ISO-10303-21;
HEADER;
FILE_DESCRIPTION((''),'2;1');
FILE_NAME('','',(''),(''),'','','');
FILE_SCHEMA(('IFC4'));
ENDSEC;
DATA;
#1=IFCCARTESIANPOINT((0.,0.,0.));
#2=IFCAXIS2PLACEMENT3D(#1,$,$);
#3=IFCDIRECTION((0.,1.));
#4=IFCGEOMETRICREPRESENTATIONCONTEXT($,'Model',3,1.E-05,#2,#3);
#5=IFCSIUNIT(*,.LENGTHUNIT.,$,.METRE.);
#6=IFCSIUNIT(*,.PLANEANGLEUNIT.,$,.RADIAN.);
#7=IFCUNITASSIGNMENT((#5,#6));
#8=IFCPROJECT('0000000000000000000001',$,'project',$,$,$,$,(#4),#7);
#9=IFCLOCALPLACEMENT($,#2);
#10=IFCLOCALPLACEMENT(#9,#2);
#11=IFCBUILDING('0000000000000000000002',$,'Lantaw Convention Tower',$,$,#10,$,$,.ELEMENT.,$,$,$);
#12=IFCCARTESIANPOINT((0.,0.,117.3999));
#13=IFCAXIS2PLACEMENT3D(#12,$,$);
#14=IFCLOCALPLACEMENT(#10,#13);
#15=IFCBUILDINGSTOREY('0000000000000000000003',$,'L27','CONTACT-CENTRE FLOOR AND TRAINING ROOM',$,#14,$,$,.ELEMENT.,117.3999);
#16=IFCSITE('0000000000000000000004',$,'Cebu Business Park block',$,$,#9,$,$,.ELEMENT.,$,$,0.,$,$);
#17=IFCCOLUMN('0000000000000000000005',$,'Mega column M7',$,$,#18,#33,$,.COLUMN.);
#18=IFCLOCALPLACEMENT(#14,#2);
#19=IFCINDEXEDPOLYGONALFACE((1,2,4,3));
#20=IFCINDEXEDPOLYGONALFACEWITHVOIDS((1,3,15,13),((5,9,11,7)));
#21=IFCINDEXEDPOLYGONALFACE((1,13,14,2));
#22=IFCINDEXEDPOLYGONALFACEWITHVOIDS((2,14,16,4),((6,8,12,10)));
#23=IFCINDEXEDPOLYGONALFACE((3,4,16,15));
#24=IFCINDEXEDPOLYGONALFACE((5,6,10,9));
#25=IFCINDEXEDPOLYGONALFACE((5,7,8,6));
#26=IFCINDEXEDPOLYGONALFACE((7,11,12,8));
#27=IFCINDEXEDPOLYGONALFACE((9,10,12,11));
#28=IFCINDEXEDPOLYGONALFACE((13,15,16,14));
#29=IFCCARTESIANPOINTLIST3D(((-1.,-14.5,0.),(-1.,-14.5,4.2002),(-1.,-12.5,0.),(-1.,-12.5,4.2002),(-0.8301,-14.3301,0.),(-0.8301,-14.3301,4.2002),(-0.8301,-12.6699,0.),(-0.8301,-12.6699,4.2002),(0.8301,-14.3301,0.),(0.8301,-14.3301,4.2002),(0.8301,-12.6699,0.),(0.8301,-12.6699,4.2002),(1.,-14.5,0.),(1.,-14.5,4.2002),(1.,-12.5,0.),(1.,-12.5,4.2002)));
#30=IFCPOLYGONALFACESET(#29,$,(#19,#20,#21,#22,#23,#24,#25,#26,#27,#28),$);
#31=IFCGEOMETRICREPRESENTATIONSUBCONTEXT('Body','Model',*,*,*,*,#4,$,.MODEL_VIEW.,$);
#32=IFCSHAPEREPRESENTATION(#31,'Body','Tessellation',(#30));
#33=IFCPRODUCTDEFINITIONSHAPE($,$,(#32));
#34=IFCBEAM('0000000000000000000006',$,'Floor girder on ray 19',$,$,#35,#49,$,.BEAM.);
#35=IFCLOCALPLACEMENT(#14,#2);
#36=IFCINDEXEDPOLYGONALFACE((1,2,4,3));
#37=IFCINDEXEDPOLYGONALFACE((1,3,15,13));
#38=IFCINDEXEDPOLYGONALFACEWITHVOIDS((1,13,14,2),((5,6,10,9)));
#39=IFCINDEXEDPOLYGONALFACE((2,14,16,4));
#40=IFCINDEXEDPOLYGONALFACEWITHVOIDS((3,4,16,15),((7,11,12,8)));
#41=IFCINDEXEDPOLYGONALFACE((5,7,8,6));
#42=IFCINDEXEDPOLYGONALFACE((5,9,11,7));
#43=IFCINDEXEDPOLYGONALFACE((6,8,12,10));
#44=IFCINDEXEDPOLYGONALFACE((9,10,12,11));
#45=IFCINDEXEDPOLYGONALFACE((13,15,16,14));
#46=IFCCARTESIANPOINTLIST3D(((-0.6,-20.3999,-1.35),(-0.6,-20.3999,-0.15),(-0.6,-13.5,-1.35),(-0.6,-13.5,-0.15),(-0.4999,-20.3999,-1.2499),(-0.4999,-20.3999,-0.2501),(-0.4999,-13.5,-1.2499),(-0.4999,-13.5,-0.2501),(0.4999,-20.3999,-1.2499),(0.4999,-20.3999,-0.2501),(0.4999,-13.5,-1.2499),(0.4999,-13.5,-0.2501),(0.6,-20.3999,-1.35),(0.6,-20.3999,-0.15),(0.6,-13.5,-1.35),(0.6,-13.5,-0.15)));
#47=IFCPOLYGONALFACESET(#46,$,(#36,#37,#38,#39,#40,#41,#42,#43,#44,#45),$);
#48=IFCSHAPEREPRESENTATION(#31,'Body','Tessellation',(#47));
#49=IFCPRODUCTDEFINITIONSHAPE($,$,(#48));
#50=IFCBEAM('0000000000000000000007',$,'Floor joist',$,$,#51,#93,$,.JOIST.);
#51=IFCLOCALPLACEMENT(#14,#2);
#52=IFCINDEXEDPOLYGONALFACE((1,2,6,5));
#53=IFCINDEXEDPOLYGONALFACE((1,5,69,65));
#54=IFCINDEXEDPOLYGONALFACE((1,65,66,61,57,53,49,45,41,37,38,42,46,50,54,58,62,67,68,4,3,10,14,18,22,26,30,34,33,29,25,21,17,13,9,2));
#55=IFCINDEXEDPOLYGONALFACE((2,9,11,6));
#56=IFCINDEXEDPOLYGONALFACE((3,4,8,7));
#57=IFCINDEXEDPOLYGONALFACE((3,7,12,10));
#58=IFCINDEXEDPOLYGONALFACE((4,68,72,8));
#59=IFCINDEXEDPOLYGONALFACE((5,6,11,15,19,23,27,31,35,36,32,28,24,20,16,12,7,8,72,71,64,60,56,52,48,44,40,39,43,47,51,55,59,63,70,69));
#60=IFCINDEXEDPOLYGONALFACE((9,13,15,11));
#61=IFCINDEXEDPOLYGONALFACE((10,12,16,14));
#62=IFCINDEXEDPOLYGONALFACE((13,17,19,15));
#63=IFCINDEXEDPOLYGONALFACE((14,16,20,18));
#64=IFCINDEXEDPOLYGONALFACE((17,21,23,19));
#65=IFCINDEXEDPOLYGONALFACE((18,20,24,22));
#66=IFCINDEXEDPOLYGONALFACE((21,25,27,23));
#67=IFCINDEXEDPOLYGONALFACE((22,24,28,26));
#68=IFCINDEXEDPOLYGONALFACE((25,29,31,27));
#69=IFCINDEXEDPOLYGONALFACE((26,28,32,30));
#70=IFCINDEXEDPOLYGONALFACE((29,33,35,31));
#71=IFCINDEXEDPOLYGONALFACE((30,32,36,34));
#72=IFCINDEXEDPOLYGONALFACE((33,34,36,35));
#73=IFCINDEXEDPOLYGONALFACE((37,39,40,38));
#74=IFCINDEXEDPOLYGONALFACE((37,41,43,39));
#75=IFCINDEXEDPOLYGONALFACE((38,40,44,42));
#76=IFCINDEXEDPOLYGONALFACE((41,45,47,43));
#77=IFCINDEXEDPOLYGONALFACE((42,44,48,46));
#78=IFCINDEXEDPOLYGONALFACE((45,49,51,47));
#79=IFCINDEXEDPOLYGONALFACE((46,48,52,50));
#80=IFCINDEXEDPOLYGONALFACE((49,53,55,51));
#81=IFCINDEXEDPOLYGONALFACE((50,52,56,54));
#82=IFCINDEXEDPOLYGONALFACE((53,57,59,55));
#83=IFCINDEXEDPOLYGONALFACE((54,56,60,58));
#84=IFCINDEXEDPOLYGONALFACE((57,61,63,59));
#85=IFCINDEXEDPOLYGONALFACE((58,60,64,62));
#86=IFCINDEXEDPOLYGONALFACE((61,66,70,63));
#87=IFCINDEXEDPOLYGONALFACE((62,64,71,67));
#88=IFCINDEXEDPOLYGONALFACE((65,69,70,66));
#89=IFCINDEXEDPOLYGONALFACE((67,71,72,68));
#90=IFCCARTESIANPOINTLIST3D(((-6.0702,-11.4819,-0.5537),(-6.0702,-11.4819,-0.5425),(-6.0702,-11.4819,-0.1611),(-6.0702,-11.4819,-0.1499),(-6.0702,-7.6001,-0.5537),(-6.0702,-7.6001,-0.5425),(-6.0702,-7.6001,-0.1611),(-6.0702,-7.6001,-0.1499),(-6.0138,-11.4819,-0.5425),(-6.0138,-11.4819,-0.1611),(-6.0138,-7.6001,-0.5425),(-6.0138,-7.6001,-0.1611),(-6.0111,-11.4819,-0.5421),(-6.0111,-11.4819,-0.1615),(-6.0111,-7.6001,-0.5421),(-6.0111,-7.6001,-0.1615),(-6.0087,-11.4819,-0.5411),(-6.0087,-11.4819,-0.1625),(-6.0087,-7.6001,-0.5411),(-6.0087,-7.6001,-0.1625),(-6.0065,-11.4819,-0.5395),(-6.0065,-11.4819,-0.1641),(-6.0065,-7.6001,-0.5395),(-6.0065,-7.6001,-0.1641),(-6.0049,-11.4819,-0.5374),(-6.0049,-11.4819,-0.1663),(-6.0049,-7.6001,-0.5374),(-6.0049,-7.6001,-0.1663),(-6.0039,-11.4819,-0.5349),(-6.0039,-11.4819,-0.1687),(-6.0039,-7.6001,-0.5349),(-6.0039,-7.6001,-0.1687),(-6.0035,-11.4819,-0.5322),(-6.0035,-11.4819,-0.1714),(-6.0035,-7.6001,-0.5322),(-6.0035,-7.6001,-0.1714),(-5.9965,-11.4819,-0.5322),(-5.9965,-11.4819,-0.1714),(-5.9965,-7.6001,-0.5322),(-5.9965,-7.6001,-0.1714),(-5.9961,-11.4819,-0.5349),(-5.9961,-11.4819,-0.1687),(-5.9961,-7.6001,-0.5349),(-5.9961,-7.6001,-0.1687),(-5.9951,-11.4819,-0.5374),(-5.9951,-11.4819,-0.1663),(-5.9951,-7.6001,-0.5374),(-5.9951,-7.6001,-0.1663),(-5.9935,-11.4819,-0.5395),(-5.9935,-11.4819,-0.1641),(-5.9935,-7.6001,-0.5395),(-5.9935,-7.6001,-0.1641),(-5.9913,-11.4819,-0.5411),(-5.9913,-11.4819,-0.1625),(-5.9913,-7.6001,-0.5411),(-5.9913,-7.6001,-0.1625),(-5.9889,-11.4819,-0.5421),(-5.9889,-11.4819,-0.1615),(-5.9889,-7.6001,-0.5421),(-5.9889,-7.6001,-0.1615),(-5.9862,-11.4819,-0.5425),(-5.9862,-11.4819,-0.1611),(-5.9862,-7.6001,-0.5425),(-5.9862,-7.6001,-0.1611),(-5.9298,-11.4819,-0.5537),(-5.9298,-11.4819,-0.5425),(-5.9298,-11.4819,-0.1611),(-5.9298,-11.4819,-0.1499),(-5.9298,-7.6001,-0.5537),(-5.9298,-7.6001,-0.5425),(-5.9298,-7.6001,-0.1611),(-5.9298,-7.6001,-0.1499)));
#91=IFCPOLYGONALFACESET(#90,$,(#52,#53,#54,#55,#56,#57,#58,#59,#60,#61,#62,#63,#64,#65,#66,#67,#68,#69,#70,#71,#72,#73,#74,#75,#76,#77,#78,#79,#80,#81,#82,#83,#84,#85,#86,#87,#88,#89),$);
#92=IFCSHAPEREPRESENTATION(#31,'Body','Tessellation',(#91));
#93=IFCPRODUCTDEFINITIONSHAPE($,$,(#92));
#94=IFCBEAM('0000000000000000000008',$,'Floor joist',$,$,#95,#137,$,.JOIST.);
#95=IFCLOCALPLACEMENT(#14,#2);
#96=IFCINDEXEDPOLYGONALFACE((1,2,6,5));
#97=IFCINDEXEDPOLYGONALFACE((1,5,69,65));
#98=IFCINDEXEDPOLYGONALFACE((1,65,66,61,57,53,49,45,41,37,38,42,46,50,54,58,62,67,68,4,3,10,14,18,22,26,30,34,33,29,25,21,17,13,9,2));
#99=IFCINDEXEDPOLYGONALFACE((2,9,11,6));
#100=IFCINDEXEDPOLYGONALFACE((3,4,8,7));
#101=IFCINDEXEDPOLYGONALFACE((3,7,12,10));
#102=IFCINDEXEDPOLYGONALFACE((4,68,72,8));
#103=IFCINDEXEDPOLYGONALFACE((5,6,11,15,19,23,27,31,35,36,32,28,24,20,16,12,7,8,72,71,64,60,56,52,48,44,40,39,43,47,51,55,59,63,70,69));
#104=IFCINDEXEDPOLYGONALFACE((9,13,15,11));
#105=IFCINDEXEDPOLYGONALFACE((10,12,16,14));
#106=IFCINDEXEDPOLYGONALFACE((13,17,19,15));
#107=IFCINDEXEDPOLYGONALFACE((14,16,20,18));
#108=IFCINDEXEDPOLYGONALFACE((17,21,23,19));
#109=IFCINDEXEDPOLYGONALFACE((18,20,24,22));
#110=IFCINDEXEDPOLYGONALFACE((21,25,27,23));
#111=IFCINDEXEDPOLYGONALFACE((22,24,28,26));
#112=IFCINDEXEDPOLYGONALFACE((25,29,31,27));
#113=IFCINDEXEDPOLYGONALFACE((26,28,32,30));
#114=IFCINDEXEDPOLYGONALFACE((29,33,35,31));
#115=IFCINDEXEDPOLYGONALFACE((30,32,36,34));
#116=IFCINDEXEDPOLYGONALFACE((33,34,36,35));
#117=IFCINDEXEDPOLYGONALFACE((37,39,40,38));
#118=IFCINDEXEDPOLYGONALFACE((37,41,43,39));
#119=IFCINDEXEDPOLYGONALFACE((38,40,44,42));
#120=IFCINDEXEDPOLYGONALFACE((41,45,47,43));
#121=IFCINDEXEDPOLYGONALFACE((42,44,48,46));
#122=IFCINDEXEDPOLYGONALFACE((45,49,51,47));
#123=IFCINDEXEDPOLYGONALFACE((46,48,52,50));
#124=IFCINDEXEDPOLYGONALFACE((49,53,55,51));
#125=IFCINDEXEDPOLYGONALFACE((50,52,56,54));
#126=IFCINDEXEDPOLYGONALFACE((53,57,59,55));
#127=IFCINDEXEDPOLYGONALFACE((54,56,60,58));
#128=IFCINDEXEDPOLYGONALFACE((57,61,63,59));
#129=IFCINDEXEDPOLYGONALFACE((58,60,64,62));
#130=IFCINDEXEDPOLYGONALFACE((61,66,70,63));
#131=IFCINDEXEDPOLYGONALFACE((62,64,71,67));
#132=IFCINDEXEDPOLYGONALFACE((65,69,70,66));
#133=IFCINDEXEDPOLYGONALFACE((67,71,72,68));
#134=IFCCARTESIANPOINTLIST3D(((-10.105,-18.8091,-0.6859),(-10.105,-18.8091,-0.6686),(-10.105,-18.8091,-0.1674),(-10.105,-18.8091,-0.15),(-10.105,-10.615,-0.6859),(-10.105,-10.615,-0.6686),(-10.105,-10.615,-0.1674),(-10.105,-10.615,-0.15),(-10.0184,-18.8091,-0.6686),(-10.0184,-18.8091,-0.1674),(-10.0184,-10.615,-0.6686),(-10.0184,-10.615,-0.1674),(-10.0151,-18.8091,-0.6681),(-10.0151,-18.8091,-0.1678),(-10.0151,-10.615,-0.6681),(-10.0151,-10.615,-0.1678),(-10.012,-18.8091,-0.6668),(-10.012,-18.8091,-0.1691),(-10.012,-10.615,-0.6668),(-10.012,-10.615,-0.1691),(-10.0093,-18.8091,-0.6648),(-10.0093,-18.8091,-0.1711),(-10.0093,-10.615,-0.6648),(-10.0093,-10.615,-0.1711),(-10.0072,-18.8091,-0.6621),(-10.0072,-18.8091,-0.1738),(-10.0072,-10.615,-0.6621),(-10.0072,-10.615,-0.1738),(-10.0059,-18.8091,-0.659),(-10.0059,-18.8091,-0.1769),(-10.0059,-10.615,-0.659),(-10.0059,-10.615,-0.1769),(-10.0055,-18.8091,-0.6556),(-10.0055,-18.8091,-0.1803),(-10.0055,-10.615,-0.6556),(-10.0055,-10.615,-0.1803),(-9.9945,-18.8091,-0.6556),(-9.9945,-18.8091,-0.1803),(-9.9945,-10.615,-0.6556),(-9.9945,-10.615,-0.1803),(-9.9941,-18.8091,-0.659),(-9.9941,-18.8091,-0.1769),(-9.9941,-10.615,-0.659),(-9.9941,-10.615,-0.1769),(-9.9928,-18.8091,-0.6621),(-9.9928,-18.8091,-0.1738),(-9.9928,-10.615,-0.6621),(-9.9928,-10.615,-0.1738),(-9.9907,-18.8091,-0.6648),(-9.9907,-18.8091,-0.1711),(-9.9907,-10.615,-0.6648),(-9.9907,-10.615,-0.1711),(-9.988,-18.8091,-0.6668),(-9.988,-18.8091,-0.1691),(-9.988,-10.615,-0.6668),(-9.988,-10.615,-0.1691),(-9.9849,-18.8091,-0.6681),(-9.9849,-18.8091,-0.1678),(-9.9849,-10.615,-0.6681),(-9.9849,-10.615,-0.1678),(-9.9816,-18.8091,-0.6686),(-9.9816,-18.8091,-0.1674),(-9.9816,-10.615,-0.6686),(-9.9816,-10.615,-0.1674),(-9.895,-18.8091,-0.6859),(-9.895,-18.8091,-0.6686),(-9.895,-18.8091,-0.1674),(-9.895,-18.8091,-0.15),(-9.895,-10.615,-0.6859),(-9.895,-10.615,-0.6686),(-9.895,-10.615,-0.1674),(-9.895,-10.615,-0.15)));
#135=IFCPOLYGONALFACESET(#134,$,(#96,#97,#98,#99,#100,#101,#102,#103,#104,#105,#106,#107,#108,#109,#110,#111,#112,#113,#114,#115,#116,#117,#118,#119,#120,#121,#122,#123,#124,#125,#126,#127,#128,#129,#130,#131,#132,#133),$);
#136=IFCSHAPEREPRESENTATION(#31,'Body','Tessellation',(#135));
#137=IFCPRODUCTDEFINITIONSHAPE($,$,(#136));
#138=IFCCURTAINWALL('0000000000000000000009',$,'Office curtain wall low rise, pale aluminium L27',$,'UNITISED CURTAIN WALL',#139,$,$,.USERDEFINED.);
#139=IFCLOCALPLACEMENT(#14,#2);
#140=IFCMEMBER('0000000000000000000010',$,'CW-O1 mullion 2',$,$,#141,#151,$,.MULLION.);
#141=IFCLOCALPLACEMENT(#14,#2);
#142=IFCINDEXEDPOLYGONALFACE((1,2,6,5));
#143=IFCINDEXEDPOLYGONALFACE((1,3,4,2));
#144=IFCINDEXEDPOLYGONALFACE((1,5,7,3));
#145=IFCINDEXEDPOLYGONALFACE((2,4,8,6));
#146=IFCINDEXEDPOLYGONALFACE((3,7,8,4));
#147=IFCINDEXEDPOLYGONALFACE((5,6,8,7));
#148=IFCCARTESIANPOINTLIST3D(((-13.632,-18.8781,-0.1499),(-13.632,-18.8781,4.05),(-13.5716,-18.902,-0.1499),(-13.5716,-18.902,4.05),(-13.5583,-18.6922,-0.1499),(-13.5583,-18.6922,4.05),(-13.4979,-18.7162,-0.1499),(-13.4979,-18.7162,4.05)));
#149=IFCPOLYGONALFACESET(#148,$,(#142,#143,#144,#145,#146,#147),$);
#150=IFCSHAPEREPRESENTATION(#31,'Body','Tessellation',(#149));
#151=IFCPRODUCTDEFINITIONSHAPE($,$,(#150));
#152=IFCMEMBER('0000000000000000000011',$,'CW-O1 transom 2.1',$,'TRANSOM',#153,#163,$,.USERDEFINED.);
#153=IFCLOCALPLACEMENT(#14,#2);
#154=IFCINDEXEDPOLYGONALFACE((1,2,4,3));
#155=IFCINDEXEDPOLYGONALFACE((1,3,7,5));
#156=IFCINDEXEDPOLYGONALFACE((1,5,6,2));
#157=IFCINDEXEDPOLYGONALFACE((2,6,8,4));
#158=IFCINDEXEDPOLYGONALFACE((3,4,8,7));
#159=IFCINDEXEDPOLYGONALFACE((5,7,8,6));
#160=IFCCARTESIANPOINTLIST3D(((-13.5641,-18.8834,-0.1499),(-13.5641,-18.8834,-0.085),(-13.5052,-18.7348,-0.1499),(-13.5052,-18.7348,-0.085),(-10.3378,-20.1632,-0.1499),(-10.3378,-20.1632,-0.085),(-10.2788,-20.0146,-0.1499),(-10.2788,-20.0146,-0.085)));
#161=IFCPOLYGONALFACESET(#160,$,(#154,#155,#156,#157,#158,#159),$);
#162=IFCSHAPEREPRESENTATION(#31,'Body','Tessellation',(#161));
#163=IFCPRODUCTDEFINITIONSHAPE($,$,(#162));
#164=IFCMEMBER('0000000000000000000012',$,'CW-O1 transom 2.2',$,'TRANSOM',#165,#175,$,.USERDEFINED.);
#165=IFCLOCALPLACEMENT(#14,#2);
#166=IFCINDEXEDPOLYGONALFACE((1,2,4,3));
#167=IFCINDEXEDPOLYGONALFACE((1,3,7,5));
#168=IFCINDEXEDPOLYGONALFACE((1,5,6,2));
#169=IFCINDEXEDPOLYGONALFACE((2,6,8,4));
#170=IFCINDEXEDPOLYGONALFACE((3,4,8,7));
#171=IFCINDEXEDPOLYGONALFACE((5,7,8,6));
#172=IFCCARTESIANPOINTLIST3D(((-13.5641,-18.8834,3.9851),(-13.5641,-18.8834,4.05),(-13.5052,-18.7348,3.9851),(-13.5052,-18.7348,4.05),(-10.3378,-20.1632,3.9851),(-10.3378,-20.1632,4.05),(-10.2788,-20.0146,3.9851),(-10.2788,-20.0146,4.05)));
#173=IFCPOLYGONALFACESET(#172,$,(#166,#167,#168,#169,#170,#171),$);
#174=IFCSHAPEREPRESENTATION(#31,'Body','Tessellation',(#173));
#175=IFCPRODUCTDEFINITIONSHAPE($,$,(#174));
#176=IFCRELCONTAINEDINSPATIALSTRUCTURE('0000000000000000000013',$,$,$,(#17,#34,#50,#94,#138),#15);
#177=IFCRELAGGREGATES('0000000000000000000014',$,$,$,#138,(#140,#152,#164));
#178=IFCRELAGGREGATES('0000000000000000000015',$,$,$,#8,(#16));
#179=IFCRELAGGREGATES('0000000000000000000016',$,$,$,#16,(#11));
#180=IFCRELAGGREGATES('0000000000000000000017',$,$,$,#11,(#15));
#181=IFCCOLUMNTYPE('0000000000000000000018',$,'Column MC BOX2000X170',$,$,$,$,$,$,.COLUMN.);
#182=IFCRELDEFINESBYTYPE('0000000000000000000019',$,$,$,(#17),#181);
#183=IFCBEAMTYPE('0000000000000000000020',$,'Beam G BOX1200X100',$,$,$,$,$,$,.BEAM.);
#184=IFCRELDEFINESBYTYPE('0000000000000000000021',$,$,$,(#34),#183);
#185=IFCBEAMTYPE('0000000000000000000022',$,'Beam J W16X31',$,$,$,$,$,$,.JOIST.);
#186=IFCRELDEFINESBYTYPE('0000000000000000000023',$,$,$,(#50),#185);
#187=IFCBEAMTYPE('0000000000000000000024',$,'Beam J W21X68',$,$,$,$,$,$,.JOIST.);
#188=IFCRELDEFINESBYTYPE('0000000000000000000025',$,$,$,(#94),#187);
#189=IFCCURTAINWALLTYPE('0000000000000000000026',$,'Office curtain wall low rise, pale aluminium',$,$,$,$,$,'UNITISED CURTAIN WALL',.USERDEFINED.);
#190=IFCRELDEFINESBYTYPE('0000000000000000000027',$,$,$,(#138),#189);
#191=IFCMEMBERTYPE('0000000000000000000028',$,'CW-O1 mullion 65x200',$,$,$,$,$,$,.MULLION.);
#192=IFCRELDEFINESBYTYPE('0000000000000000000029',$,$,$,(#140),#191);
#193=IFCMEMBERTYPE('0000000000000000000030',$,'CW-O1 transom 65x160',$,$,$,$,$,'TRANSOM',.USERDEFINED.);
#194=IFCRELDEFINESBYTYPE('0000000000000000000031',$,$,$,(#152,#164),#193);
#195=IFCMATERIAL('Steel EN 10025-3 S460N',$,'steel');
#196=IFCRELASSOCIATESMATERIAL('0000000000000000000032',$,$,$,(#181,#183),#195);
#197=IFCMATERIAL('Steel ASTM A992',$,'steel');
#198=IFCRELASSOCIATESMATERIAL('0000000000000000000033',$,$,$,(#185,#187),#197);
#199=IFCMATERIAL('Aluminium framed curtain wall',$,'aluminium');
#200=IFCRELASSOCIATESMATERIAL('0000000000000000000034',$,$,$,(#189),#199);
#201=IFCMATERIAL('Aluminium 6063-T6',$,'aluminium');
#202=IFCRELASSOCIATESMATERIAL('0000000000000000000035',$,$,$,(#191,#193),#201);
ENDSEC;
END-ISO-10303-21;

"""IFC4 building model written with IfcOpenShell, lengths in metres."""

from ifc_helpers import new_model, si_unit, direction, frame, origin, origin_2d, place, context, subcontext, project, spatial, rectangle, hollow_rectangle, i_section, extrude, material, material_profile, profile_set, type_object, element, aggregate, save


model = new_model("IFC4")

# Units and contexts
model_context = context("Model", 3, precision=1e-05, world=origin(), true_north=direction((0.0, 1.0)))
body_context = subcontext(model_context, "Body", "Model", "MODEL_VIEW")
ifc_project = project(units=[si_unit("LENGTHUNIT", "METRE"), si_unit("PLANEANGLEUNIT", "RADIAN")], contexts=[model_context])

# Site, building, storey
site_placement = place(None, origin())
site = spatial("IfcSite", under=ifc_project, at=site_placement, Name="Cebu Business Park block", CompositionType="ELEMENT", RefElevation=0.0)
building_placement = place(site_placement, origin())
building = spatial("IfcBuilding", under=site, at=building_placement, Name="Lantaw Convention Tower", CompositionType="ELEMENT")
storey_placement = place(building_placement, frame((0.0, 0.0, 117.3999)))
storey = spatial("IfcBuildingStorey", under=building, at=storey_placement, Name="L27", Description="CONTACT-CENTRE FLOOR AND TRAINING ROOM", CompositionType="ELEMENT", Elevation=117.3999)

# Column
ifc_material_1 = material(Name="Steel EN 10025-3 S460N", Category="steel")
ifc_material_profile_1 = material_profile(ifc_material_1, hollow_rectangle(XDim=2.0, YDim=2.0, WallThickness=0.1699, at=origin_2d()), Name="BOX2000X170")
ifc_material_2 = material(Name="Concrete C60/75", Category="concrete")
ifc_material_profile_2 = material_profile(ifc_material_2, rectangle(XDim=1.6599, YDim=1.6599, at=origin_2d()), Name="Concrete fill of BOX2000X170")
ifc_profile_set_1 = profile_set([ifc_material_profile_1, ifc_material_profile_2], Name="Steel EN 10025-3 S460N")
column_type = type_object("IfcColumnType", Name="Column MC BOX2000X170", PredefinedType="COLUMN", material=ifc_profile_set_1)
column_placement = place(storey_placement, frame((0.0, -13.5, 0.0), z_axis=(0.0, 0.0, 1.0), x_axis=(1.0, 0.0, 0.0)))
element("IfcColumn", 1, at=column_placement, inside=storey, type_object=column_type, Name="Mega column M7", PredefinedType="COLUMN", context=body_context, shape_type="SweptSolid", body=[
    extrude(hollow_rectangle(XDim=2.0, YDim=2.0, WallThickness=0.1699, at=origin_2d()), origin(), (0.0, 0.0, 1.0), 4.2002),
])

# Beams
ifc_material_profile_3 = material_profile(ifc_material_1, hollow_rectangle(XDim=1.2, YDim=1.2, WallThickness=0.1001, at=origin_2d()), Name="BOX1200X100")
ifc_profile_set_2 = profile_set([ifc_material_profile_3], Name="Steel EN 10025-3 S460N")
beam_type_1 = type_object("IfcBeamType", Name="Beam G BOX1200X100", PredefinedType="BEAM", material=ifc_profile_set_2)
beam_1_placement = place(storey_placement, frame((0.0, -13.5, -0.75), z_axis=(0.0, -1.0, 0.0), x_axis=(1.0, 0.0, 0.0)))
element("IfcBeam", 2, at=beam_1_placement, inside=storey, type_object=beam_type_1, Name="Floor girder on ray 19", PredefinedType="BEAM", context=body_context, shape_type="SweptSolid", body=[
    extrude(hollow_rectangle(XDim=1.2, YDim=1.2, WallThickness=0.1001, at=origin_2d()), origin(), (0.0, 0.0, 1.0), 6.8999),
])
ifc_material_3 = material(Name="Steel ASTM A992", Category="steel")
ifc_material_profile_4 = material_profile(ifc_material_3, i_section(OverallWidth=0.1404, OverallDepth=0.4038, WebThickness=0.0071, FlangeThickness=0.0112, FilletRadius=0.0103, at=origin_2d()), Name="W16X31")
ifc_profile_set_3 = profile_set([ifc_material_profile_4], Name="Steel ASTM A992")
beam_type_2 = type_object("IfcBeamType", Name="Beam J W16X31", PredefinedType="JOIST", material=ifc_profile_set_3)
beam_2_placement = place(storey_placement, frame((-6.0, -11.4819, -0.3518), z_axis=(0.0, 1.0, 0.0), x_axis=(-1.0, 0.0, 0.0)))
element("IfcBeam", 3, at=beam_2_placement, inside=storey, type_object=beam_type_2, Name="Floor joist", PredefinedType="JOIST", context=body_context, shape_type="SweptSolid", body=[
    extrude(i_section(OverallWidth=0.1404, OverallDepth=0.4038, WebThickness=0.0071, FlangeThickness=0.0112, FilletRadius=0.0103, at=origin_2d()), origin(), (0.0, 0.0, 1.0), 3.8818),
])
ifc_material_profile_5 = material_profile(ifc_material_3, i_section(OverallWidth=0.21, OverallDepth=0.5359, WebThickness=0.011, FlangeThickness=0.0173, FilletRadius=0.0129, at=origin_2d()), Name="W21X68")
ifc_profile_set_4 = profile_set([ifc_material_profile_5], Name="Steel ASTM A992")
beam_type_3 = type_object("IfcBeamType", Name="Beam J W21X68", PredefinedType="JOIST", material=ifc_profile_set_4)
beam_3_placement = place(storey_placement, frame((-10.0, -18.8091, -0.418), z_axis=(0.0, 1.0, 0.0), x_axis=(-1.0, 0.0, 0.0)))
element("IfcBeam", 4, at=beam_3_placement, inside=storey, type_object=beam_type_3, Name="Floor joist", PredefinedType="JOIST", context=body_context, shape_type="SweptSolid", body=[
    extrude(i_section(OverallWidth=0.21, OverallDepth=0.5359, WebThickness=0.011, FlangeThickness=0.0173, FilletRadius=0.0129, at=origin_2d()), origin(), (0.0, 0.0, 1.0), 8.1941),
])

# Curtain wall, members
ifc_material_4 = material(Name="Aluminium framed curtain wall", Category="aluminium")
curtain_wall_type = type_object("IfcCurtainWallType", Name="Office curtain wall low rise, pale aluminium", ElementType="UNITISED CURTAIN WALL", PredefinedType="USERDEFINED", material=ifc_material_4)
curtain_wall_placement = place(storey_placement, origin())
curtain_wall = element("IfcCurtainWall", 5, at=curtain_wall_placement, inside=storey, type_object=curtain_wall_type, Name="Office curtain wall low rise, pale aluminium L27", ObjectType="UNITISED CURTAIN WALL", PredefinedType="USERDEFINED")
ifc_material_5 = material(Name="Aluminium 6063-T6", Category="aluminium")
ifc_material_profile_6 = material_profile(ifc_material_5, rectangle(XDim=0.2, YDim=0.0649, at=origin_2d()), Name="CW-O1 mullion 65x200")
ifc_profile_set_5 = profile_set([ifc_material_profile_6], Name="Aluminium 6063-T6")
member_type_1 = type_object("IfcMemberType", Name="CW-O1 mullion 65x200", PredefinedType="MULLION", material=ifc_profile_set_5)
member_1_placement = place(storey_placement, frame((-13.5649, -18.7971, -0.1499), z_axis=(0.0, 0.0, 1.0), x_axis=(0.368702, 0.929548, 0.0)))
member_1 = element("IfcMember", 6, at=member_1_placement, type_object=member_type_1, Name="CW-O1 mullion 2", PredefinedType="MULLION", context=body_context, shape_type="SweptSolid", body=[
    extrude(rectangle(XDim=0.2, YDim=0.0649, at=origin_2d()), origin(), (0.0, 0.0, 1.0), 4.2),
])
ifc_material_profile_7 = material_profile(ifc_material_5, rectangle(XDim=0.1599, YDim=0.0649, at=origin_2d()), Name="CW-O1 transom 65x160")
ifc_profile_set_6 = profile_set([ifc_material_profile_7], Name="Aluminium 6063-T6")
member_type_2 = type_object("IfcMemberType", Name="CW-O1 transom 65x160", ElementType="TRANSOM", PredefinedType="USERDEFINED", material=ifc_profile_set_6)
member_2_placement = place(storey_placement, frame((-13.5347, -18.8091, -0.1174), z_axis=(0.92954, -0.368721, 0.0), x_axis=(0.368721, 0.92954, 0.0)))
member_2 = element("IfcMember", 7, at=member_2_placement, type_object=member_type_2, Name="CW-O1 transom 2.1", ObjectType="TRANSOM", PredefinedType="USERDEFINED", context=body_context, shape_type="SweptSolid", body=[
    extrude(rectangle(XDim=0.1599, YDim=0.0649, at=origin_2d()), origin(), (0.0, 0.0, 1.0), 3.4709),
])
member_3_placement = place(storey_placement, frame((-13.5347, -18.8091, 4.0176), z_axis=(0.92954, -0.368721, 0.0), x_axis=(0.368721, 0.92954, 0.0)))
member_3 = element("IfcMember", 8, at=member_3_placement, type_object=member_type_2, Name="CW-O1 transom 2.2", ObjectType="TRANSOM", PredefinedType="USERDEFINED", context=body_context, shape_type="SweptSolid", body=[
    extrude(rectangle(XDim=0.1599, YDim=0.0649, at=origin_2d()), origin(), (0.0, 0.0, 1.0), 3.4709),
])
aggregate(curtain_wall, [member_1, member_2, member_3])

save(model, "model.ifc")
